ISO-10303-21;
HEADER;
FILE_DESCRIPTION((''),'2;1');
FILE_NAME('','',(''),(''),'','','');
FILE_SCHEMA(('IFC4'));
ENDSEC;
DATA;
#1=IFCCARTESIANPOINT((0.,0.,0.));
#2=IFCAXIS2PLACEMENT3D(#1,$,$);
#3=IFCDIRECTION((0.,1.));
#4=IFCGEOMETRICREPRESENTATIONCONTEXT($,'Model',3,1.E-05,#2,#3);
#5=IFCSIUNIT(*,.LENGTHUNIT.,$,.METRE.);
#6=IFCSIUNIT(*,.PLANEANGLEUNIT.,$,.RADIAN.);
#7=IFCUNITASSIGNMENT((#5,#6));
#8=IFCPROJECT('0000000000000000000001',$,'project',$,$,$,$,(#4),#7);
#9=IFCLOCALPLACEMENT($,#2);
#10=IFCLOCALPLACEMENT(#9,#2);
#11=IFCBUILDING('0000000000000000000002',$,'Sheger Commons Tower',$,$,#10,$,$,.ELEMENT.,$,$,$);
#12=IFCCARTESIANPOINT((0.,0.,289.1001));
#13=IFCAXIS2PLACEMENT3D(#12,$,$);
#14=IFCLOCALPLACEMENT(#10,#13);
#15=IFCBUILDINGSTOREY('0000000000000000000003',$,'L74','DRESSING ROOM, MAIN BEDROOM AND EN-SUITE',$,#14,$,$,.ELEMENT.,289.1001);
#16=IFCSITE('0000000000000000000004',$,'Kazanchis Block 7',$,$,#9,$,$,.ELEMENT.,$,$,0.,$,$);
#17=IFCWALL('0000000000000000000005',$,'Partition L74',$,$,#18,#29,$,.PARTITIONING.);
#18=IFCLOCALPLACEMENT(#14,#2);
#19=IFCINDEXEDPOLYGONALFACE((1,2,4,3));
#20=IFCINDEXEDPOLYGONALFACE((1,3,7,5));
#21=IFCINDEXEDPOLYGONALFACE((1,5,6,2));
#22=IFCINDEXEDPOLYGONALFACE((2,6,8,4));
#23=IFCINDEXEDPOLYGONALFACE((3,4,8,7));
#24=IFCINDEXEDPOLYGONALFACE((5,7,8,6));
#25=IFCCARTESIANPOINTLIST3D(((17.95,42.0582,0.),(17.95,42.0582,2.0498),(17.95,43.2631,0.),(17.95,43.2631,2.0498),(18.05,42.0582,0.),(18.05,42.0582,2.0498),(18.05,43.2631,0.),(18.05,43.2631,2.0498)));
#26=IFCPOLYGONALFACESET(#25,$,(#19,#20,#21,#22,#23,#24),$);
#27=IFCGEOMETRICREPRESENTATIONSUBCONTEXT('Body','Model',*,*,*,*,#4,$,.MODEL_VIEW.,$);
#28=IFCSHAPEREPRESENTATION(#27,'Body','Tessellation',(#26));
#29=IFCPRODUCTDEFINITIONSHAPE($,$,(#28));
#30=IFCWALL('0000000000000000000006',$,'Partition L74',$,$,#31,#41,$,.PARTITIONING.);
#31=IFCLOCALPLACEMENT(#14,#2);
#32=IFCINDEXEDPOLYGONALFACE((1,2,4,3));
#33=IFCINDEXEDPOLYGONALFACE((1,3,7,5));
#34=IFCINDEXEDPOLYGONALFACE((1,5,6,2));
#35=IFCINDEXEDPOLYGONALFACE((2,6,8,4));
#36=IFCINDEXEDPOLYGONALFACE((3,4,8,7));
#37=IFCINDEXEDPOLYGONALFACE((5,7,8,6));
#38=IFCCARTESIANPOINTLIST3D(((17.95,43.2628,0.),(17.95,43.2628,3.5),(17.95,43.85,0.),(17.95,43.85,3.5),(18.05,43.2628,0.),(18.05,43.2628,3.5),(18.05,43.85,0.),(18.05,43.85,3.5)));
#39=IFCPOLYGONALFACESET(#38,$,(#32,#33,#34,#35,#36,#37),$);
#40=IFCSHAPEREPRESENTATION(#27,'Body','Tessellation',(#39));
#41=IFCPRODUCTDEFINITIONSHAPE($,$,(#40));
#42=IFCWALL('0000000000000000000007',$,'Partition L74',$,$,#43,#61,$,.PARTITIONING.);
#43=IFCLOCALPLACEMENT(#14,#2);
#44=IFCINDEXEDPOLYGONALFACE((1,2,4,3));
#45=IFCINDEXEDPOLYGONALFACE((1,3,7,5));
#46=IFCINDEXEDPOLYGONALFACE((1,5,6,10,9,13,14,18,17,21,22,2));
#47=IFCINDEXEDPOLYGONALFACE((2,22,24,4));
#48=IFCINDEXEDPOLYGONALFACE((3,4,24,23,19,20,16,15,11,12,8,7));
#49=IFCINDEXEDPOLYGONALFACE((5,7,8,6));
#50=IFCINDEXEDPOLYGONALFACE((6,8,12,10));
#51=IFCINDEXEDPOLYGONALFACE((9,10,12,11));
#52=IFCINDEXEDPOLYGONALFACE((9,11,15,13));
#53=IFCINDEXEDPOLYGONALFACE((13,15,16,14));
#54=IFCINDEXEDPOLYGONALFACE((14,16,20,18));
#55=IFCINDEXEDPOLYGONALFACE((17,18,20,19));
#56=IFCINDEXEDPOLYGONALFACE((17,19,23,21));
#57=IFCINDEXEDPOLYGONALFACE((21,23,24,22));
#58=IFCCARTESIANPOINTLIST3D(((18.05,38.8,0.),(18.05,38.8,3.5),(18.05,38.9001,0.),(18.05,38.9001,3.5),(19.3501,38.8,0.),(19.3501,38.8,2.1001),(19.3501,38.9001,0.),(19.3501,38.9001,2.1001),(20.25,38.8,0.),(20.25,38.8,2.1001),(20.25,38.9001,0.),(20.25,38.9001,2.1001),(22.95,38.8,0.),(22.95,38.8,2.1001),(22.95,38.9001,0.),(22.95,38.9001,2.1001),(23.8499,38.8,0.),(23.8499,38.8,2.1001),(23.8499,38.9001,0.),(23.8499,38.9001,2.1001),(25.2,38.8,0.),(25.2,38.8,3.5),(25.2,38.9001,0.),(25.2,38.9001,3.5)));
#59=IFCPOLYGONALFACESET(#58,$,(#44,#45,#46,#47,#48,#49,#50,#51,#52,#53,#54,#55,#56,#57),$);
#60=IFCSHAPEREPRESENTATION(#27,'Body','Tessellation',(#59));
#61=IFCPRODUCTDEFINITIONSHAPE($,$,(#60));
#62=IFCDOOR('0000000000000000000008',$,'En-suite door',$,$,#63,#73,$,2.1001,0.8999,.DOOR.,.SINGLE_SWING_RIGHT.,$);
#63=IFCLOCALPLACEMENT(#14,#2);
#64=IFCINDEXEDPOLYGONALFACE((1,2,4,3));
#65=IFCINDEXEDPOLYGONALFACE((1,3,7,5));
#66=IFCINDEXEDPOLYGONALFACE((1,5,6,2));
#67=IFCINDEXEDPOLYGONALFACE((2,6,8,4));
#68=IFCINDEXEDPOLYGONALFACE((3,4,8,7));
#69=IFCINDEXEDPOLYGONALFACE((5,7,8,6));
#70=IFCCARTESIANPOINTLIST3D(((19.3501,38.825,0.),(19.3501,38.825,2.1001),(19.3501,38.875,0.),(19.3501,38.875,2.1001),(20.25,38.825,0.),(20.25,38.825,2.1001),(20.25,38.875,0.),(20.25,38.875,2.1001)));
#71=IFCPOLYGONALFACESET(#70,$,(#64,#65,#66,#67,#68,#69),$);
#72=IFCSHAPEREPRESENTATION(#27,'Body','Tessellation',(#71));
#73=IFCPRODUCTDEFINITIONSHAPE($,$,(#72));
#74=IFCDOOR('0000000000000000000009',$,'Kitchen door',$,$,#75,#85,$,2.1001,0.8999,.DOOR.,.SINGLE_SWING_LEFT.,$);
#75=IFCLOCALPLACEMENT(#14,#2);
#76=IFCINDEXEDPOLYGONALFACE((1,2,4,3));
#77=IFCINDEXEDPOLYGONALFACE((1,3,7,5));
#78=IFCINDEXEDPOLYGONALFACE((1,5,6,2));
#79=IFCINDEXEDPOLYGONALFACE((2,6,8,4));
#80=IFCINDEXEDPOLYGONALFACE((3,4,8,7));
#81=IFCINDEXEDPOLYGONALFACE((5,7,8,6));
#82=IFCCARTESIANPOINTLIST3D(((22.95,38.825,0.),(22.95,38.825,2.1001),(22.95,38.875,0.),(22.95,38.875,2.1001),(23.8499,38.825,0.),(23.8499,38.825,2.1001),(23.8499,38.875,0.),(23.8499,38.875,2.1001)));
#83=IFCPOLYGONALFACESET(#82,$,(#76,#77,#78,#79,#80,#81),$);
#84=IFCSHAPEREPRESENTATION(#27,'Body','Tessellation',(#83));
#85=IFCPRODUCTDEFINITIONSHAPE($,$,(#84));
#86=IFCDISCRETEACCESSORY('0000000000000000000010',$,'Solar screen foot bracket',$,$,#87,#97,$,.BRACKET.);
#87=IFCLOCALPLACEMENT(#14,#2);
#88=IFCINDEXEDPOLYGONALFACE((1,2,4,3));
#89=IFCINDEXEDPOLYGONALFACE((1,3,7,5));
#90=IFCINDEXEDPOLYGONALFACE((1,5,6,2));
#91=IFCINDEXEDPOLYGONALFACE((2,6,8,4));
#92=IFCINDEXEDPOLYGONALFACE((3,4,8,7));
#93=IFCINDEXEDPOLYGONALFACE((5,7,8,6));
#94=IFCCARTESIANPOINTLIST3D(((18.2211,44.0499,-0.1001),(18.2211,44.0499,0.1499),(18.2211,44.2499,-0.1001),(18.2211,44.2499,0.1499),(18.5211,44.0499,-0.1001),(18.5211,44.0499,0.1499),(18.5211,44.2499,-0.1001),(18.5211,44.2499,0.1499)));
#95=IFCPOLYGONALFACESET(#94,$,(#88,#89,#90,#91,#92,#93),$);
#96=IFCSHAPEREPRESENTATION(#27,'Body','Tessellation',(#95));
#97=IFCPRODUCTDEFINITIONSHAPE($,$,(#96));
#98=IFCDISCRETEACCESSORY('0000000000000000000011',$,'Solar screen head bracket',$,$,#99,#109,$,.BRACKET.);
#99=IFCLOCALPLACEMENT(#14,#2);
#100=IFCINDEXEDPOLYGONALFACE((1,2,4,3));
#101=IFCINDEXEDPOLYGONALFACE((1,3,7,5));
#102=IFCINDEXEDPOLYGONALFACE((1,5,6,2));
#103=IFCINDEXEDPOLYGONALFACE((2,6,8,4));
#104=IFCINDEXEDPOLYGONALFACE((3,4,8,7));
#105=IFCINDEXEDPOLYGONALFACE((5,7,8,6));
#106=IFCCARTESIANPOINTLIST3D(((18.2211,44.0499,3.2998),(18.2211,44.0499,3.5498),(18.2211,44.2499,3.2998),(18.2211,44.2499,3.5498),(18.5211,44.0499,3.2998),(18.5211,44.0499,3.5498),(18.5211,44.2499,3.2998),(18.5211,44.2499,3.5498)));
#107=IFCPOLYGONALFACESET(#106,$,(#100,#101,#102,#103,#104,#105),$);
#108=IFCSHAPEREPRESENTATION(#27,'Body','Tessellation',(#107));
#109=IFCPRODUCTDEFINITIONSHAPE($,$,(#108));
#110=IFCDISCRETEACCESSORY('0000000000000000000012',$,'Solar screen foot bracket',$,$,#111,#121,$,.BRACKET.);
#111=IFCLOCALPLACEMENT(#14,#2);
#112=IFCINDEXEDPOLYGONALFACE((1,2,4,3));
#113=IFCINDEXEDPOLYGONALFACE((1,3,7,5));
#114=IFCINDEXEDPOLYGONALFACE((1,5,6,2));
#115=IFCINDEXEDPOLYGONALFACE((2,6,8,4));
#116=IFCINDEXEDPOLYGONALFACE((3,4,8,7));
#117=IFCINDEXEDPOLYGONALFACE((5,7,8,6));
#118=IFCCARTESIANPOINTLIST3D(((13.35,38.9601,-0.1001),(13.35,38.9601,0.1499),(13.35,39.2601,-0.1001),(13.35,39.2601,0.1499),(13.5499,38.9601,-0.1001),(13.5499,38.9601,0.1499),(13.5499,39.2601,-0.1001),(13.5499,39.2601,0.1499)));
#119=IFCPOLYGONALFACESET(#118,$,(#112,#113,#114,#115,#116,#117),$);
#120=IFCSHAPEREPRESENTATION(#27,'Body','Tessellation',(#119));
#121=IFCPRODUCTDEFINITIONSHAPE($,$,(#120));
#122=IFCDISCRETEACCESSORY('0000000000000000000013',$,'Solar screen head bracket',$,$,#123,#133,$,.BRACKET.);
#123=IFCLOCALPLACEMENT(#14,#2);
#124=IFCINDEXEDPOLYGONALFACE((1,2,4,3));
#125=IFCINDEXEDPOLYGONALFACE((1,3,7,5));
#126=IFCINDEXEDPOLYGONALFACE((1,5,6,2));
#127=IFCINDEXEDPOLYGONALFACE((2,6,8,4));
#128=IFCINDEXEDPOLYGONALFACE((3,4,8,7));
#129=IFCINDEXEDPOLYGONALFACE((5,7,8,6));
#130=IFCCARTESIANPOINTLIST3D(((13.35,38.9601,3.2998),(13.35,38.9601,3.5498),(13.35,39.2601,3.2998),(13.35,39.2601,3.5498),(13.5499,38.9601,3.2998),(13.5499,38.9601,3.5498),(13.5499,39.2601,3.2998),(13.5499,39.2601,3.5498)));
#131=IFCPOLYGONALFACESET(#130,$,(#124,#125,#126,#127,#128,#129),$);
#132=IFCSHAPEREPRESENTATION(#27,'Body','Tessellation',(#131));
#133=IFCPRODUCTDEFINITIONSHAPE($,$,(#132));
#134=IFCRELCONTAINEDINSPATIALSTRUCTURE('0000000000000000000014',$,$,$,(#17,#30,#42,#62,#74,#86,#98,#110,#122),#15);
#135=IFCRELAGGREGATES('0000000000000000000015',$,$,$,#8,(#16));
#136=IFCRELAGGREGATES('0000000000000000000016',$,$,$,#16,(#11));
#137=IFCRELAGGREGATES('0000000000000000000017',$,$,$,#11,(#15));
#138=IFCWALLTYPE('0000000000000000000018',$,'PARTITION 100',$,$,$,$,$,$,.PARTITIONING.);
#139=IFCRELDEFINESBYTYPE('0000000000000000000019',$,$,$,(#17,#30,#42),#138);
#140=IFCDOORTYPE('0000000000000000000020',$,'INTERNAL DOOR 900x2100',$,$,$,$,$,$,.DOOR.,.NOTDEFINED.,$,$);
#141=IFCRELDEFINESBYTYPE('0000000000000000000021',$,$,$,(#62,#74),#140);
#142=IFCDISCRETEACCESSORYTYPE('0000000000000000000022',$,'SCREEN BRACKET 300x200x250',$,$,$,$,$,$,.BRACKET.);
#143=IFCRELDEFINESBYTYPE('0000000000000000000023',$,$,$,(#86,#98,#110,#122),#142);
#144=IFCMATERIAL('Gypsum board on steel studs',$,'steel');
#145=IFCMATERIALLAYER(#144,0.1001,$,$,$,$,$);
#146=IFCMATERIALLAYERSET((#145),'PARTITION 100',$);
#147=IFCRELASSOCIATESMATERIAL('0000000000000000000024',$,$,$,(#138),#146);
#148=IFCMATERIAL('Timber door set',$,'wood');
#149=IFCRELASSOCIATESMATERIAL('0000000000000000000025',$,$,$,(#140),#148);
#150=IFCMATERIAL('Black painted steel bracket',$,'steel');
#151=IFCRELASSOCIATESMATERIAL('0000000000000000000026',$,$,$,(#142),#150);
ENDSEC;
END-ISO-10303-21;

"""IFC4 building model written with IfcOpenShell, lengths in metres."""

from ifc_helpers import new_model, si_unit, direction, frame, frame_2d, origin, origin_2d, place, context, subcontext, project, spatial, rectangle, extrude, material, layer, layer_set, type_object, element, fill, save


model = new_model("IFC4")

# Units and contexts
model_context = context("Model", 3, precision=1e-05, world=origin(), true_north=direction((0.0, 1.0)))
body_context = subcontext(model_context, "Body", "Model", "MODEL_VIEW")
ifc_project = project(units=[si_unit("LENGTHUNIT", "METRE"), si_unit("PLANEANGLEUNIT", "RADIAN")], contexts=[model_context])

# Site, building, storey
site_placement = place(None, origin())
site = spatial("IfcSite", under=ifc_project, at=site_placement, Name="Kazanchis Block 7", CompositionType="ELEMENT", RefElevation=0.0)
building_placement = place(site_placement, origin())
building = spatial("IfcBuilding", under=site, at=building_placement, Name="Sheger Commons Tower", CompositionType="ELEMENT")
storey_placement = place(building_placement, frame((0.0, 0.0, 289.1001)))
storey = spatial("IfcBuildingStorey", under=building, at=storey_placement, Name="L74", Description="DRESSING ROOM, MAIN BEDROOM AND EN-SUITE", CompositionType="ELEMENT", Elevation=289.1001)

# Shared definitions
ifc_material_1 = material(Name="Gypsum board on steel studs", Category="steel")
ifc_layer_1 = layer(ifc_material_1, 0.1001)
ifc_layer_set_1 = layer_set([ifc_layer_1], Name="PARTITION 100")
wall_type_1 = type_object("IfcWallType", Name="PARTITION 100", PredefinedType="PARTITIONING", material=ifc_layer_set_1)

# Shared definitions
ifc_material_2 = material(Name="Timber door set", Category="wood")
door_type = type_object("IfcDoorType", Name="INTERNAL DOOR 900x2100", OperationType="NOTDEFINED", PredefinedType="DOOR", material=ifc_material_2)

# Walls
wall_1_placement = place(storey_placement, frame((18.0, 42.0581, 0.0), z_axis=(0.0, 0.0, 1.0), x_axis=(0.0, 1.0, 0.0)))
element("IfcWall", 1, at=wall_1_placement, inside=storey, type_object=wall_type_1, Name="Partition L74", PredefinedType="PARTITIONING", context=body_context, shape_type="SweptSolid", body=[
    extrude(rectangle(XDim=1.2048, YDim=0.1001, at=frame_2d((0.6025, 0.0))), origin(), (0.0, 0.0, 1.0), 2.0498),
])
wall_2_placement = place(storey_placement, frame((18.0, 43.2629, 0.0), z_axis=(0.0, 0.0, 1.0), x_axis=(0.0, 1.0, 0.0)))
element("IfcWall", 2, at=wall_2_placement, inside=storey, type_object=wall_type_1, Name="Partition L74", PredefinedType="PARTITIONING", context=body_context, shape_type="SweptSolid", body=[
    extrude(rectangle(XDim=0.5872, YDim=0.1001, at=frame_2d((0.2935, 0.0))), origin(), (0.0, 0.0, 1.0), 3.5),
])

# Wall, openings, doors
wall_3_placement = place(storey_placement, frame((18.05, 38.8501, 0.0), z_axis=(0.0, 0.0, 1.0), x_axis=(1.0, 0.0, 0.0)))
wall_3 = element("IfcWall", 3, at=wall_3_placement, inside=storey, type_object=wall_type_1, Name="Partition L74", PredefinedType="PARTITIONING", context=body_context, shape_type="SweptSolid", body=[
    extrude(rectangle(XDim=7.1499, YDim=0.1001, at=frame_2d((3.575, 0.0))), origin(), (0.0, 0.0, 1.0), 3.5),
])
opening_1_placement = place(wall_3_placement, frame((1.3, 0.0, 0.0)))
opening_1 = element("IfcOpeningElement", 4, at=opening_1_placement, cuts=wall_3, PredefinedType="OPENING", context=body_context, shape_type="SweptSolid", body=[
    extrude(rectangle(XDim=0.8999, YDim=2.1001, at=frame_2d((0.45, 1.05))), frame((0.0, 0.0601, 0.0), z_axis=(0.0, -1.0, 0.0), x_axis=(1.0, 0.0, 0.0)), (0.0, 0.0, 1.0), 0.1201),
])
opening_2_placement = place(wall_3_placement, frame((4.8999, 0.0, 0.0)))
opening_2 = element("IfcOpeningElement", 5, at=opening_2_placement, cuts=wall_3, PredefinedType="OPENING", context=body_context, shape_type="SweptSolid", body=[
    extrude(rectangle(XDim=0.8999, YDim=2.1001, at=frame_2d((0.45, 1.05))), frame((0.0, 0.0601, 0.0), z_axis=(0.0, -1.0, 0.0), x_axis=(1.0, 0.0, 0.0)), (0.0, 0.0, 1.0), 0.1201),
])
door_1_placement = place(opening_1_placement, origin())
door_1 = element("IfcDoor", 6, at=door_1_placement, inside=storey, type_object=door_type, Name="En-suite door", OperationType="SINGLE_SWING_RIGHT", OverallHeight=2.1001, OverallWidth=0.8999, PredefinedType="DOOR", context=body_context, shape_type="SweptSolid", body=[
    extrude(rectangle(XDim=0.8999, YDim=2.1001, at=frame_2d((0.45, 1.05))), frame((0.0, 0.0249, 0.0), z_axis=(0.0, -1.0, 0.0), x_axis=(1.0, 0.0, 0.0)), (0.0, 0.0, 1.0), 0.05),
])
fill(opening_1, door_1)
door_2_placement = place(opening_2_placement, origin())
door_2 = element("IfcDoor", 7, at=door_2_placement, inside=storey, type_object=door_type, Name="Kitchen door", OperationType="SINGLE_SWING_LEFT", OverallHeight=2.1001, OverallWidth=0.8999, PredefinedType="DOOR", context=body_context, shape_type="SweptSolid", body=[
    extrude(rectangle(XDim=0.8999, YDim=2.1001, at=frame_2d((0.45, 1.05))), frame((0.0, 0.0249, 0.0), z_axis=(0.0, -1.0, 0.0), x_axis=(1.0, 0.0, 0.0)), (0.0, 0.0, 1.0), 0.05),
])
fill(opening_2, door_2)

# Discrete accessories
ifc_material_3 = material(Name="Black painted steel bracket", Category="steel")
discrete_accessory_type = type_object("IfcDiscreteAccessoryType", Name="SCREEN BRACKET 300x200x250", PredefinedType="BRACKET", material=ifc_material_3)
for number, where, z_axis, x_axis, name in (
    (8, (18.3711, 44.1499, -0.1001), (0.0, 0.0, 1.0), (-1.0, 0.0, 0.0), "Solar screen foot bracket"),
    (9, (18.3711, 44.1499, 3.2998), (0.0, 0.0, 1.0), (-1.0, 0.0, 0.0), "Solar screen head bracket"),
    (10, (13.45, 39.1101, -0.1001), (0.0, 0.0, 1.0), (0.0, -1.0, 0.0), "Solar screen foot bracket"),
    (11, (13.45, 39.1101, 3.2998), (0.0, 0.0, 1.0), (0.0, -1.0, 0.0), "Solar screen head bracket"),
):
    element("IfcDiscreteAccessory", number, at=place(storey_placement, frame(where, z_axis=z_axis, x_axis=x_axis)), inside=storey, type_object=discrete_accessory_type, Name=name, PredefinedType="BRACKET", context=body_context, shape_type="SweptSolid", body=[
        extrude(rectangle(XDim=0.3, YDim=0.2, at=origin_2d()), origin(), (0.0, 0.0, 1.0), 0.25),
    ])

save(model, "model.ifc")
